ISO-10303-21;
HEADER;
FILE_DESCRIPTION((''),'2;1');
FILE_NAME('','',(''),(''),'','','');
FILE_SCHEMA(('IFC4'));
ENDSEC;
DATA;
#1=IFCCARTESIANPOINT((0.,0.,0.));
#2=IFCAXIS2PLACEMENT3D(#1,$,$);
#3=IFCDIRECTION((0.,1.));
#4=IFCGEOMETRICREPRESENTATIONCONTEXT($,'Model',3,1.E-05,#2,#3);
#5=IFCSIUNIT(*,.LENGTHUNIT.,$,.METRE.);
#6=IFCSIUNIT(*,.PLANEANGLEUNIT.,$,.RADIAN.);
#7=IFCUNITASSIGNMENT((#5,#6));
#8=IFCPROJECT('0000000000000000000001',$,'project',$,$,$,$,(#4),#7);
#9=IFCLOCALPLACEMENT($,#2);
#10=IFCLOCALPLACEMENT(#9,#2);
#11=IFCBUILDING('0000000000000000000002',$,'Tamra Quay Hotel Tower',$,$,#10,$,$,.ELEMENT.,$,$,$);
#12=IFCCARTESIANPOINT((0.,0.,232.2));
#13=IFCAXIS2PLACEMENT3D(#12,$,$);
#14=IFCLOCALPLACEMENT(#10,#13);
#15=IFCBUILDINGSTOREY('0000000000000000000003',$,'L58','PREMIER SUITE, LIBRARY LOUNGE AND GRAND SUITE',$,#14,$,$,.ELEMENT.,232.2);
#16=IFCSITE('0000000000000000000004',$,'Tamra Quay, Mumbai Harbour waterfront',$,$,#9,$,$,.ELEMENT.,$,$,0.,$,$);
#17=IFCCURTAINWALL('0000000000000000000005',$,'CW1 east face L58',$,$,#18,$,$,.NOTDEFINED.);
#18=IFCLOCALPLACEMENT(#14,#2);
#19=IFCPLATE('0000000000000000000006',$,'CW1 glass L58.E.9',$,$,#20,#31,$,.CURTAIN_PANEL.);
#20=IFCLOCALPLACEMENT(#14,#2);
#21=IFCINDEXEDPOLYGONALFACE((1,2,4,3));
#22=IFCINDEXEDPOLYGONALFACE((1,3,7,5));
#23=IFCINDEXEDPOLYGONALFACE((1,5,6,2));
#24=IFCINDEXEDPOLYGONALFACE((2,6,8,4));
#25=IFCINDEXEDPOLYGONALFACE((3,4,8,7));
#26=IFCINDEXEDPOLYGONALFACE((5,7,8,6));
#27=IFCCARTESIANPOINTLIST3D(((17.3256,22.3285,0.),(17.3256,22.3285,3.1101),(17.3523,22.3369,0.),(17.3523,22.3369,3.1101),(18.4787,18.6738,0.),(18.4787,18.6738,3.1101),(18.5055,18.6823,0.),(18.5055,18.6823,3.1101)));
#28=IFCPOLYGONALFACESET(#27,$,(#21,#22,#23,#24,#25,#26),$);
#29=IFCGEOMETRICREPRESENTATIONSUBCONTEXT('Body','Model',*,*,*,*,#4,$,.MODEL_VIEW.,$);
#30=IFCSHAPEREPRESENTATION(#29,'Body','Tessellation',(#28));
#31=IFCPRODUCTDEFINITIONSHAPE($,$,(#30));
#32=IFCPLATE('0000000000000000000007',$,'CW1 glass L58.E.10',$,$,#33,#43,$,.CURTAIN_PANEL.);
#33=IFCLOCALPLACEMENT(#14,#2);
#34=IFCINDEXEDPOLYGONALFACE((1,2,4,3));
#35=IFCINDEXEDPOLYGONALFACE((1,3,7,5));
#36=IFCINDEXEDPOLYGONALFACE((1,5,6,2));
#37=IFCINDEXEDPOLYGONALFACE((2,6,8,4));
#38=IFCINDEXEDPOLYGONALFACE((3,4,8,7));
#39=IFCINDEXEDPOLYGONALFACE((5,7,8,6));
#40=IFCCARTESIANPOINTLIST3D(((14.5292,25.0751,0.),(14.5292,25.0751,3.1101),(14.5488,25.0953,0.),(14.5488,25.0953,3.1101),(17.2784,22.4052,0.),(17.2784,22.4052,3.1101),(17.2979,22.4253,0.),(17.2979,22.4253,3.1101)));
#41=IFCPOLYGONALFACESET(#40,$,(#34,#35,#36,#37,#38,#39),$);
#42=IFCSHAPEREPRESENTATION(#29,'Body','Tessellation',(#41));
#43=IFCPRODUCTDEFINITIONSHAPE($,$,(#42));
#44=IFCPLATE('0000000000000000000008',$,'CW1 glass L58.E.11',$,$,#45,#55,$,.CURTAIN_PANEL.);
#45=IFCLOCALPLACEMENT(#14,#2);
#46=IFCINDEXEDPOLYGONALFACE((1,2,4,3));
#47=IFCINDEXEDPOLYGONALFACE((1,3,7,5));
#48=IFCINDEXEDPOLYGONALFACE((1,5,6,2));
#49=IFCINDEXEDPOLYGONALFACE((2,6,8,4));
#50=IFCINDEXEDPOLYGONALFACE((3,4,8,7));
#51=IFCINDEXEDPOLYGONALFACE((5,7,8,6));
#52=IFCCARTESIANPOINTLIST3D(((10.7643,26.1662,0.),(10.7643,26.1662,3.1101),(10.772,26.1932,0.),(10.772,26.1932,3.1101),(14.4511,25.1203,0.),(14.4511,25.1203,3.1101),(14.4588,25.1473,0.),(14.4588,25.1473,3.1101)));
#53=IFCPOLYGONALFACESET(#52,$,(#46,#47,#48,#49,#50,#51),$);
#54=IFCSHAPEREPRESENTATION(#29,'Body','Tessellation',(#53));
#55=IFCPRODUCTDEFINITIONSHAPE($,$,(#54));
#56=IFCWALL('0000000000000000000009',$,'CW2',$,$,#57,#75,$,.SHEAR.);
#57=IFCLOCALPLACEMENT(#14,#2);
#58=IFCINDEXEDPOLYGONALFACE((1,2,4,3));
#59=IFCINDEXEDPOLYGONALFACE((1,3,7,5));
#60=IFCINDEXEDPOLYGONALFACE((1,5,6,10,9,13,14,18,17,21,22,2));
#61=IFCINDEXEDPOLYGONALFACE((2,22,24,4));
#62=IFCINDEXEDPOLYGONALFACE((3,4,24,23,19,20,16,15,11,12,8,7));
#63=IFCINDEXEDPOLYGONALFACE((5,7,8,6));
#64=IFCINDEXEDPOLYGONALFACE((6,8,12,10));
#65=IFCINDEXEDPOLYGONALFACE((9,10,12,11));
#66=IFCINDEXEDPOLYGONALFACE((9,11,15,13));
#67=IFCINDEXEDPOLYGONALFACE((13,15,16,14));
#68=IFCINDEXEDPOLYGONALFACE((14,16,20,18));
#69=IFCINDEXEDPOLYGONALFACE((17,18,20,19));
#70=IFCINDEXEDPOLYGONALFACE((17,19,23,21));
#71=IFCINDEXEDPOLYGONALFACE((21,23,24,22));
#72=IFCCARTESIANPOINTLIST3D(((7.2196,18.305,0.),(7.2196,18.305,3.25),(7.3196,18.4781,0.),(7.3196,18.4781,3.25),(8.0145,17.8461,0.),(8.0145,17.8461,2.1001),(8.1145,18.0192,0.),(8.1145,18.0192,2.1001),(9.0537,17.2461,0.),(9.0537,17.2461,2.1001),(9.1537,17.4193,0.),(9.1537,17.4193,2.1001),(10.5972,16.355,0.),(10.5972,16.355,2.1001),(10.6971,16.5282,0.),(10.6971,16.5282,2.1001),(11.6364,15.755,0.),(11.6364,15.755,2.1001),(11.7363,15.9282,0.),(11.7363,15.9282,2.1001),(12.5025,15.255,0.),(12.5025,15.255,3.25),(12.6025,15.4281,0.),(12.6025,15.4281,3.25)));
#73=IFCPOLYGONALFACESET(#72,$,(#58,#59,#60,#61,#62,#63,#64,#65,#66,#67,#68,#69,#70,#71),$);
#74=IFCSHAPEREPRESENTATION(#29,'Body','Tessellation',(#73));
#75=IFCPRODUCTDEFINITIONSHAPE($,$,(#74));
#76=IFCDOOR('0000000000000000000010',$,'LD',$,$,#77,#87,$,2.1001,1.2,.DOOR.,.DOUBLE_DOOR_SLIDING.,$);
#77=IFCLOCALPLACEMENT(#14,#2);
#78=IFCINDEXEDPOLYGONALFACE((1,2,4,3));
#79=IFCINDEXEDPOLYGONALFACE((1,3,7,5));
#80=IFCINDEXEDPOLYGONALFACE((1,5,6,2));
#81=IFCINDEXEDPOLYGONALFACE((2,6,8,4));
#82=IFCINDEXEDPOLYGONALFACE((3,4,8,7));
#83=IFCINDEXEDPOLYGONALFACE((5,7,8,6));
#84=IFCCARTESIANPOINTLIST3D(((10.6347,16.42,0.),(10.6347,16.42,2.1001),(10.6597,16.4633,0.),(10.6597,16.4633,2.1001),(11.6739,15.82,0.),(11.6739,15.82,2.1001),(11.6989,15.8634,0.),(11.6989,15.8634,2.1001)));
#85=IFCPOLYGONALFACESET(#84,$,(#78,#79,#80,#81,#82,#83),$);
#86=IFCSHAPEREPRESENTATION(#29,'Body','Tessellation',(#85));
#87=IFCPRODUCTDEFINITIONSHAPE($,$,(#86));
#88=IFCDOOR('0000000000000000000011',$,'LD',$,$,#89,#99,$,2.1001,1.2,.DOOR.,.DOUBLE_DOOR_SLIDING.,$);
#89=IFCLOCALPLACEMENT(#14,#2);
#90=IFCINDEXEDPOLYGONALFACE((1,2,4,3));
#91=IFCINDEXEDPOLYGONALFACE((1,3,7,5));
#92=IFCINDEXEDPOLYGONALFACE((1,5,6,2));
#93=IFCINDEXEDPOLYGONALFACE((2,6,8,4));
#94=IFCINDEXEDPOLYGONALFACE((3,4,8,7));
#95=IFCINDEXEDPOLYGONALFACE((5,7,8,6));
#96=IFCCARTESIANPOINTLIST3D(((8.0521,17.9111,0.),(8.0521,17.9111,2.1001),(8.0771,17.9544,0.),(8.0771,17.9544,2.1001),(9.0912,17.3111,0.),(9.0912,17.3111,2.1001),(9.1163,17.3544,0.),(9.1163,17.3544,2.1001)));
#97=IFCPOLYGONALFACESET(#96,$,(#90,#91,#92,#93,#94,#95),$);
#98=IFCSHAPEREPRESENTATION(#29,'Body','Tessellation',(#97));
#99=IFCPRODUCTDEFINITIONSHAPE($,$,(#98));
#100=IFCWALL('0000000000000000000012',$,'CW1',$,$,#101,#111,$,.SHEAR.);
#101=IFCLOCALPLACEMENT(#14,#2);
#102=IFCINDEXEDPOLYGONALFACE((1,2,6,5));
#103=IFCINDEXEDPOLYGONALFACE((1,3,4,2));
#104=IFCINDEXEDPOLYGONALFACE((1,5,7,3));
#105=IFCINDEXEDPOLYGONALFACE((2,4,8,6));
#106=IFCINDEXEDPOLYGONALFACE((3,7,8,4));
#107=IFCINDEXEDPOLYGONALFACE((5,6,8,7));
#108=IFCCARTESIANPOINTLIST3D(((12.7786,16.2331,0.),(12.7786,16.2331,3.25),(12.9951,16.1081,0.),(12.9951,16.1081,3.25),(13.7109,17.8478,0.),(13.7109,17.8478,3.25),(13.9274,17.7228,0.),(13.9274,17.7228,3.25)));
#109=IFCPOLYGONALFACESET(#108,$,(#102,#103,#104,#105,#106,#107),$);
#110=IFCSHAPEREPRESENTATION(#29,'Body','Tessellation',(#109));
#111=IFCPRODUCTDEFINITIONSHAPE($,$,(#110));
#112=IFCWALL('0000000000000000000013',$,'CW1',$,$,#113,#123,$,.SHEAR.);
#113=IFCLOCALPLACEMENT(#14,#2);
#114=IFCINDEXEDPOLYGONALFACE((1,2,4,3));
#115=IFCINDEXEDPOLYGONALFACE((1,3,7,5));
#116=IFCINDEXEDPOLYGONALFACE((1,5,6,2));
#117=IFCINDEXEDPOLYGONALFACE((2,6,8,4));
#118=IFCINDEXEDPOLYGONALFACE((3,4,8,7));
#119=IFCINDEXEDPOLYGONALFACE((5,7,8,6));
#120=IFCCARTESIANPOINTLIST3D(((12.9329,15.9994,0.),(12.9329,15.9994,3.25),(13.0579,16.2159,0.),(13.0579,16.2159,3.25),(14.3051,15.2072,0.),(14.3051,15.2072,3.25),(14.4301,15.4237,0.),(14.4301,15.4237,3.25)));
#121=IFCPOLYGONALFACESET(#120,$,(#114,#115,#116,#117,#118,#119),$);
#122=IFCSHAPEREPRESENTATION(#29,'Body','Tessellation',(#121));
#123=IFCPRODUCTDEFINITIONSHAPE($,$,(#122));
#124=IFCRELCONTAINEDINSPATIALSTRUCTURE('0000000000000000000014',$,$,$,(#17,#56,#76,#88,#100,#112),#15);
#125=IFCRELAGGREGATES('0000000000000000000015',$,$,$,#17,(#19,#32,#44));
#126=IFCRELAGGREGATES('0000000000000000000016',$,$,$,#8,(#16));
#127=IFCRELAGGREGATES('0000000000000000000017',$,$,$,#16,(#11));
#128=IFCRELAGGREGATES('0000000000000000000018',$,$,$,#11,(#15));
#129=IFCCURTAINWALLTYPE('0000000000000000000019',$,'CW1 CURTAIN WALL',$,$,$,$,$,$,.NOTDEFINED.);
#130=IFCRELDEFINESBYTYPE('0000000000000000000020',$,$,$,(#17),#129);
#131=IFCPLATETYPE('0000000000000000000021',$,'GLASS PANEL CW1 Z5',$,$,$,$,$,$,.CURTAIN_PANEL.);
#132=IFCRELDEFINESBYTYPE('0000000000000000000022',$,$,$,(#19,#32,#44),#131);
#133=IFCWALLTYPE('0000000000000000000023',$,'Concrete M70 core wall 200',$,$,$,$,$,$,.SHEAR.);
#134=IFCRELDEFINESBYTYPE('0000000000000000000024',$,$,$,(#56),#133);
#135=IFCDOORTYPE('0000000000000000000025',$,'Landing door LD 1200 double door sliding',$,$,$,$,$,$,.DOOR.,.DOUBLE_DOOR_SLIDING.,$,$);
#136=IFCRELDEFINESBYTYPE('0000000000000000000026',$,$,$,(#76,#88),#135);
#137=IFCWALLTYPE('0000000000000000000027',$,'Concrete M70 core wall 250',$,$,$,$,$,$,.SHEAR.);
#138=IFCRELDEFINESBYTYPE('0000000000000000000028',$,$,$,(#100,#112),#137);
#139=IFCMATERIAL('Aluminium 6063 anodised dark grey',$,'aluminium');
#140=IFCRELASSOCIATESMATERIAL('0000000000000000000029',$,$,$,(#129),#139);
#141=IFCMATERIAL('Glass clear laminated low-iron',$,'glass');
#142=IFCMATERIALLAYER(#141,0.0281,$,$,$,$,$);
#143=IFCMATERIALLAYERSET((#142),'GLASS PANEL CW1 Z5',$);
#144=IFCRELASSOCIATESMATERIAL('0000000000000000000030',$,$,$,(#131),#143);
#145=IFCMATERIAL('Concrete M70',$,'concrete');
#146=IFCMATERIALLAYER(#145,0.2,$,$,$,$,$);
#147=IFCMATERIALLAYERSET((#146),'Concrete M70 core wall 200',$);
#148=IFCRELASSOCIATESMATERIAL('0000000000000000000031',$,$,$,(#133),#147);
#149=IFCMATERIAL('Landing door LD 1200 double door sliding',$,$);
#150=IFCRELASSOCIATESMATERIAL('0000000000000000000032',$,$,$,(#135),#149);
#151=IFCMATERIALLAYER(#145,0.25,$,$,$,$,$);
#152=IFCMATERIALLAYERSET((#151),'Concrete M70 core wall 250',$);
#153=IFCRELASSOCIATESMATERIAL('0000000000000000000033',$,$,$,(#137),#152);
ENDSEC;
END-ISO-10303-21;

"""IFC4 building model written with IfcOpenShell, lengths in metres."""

from ifc_helpers import new_model, si_unit, direction, frame, frame_2d, origin, origin_2d, place, context, subcontext, project, spatial, rectangle, extrude, material, layer, layer_set, type_object, element, fill, aggregate, save


model = new_model("IFC4")

# Units and contexts
model_context = context("Model", 3, precision=1e-05, world=origin(), true_north=direction((0.0, 1.0)))
body_context = subcontext(model_context, "Body", "Model", "MODEL_VIEW")
ifc_project = project(units=[si_unit("LENGTHUNIT", "METRE"), si_unit("PLANEANGLEUNIT", "RADIAN")], contexts=[model_context])

# Site, building, storey
site_placement = place(None, origin())
site = spatial("IfcSite", under=ifc_project, at=site_placement, Name="Tamra Quay, Mumbai Harbour waterfront", CompositionType="ELEMENT", RefElevation=0.0)
building_placement = place(site_placement, origin())
building = spatial("IfcBuilding", under=site, at=building_placement, Name="Tamra Quay Hotel Tower", CompositionType="ELEMENT")
storey_placement = place(building_placement, frame((0.0, 0.0, 232.2)))
storey = spatial("IfcBuildingStorey", under=building, at=storey_placement, Name="L58", Description="PREMIER SUITE, LIBRARY LOUNGE AND GRAND SUITE", CompositionType="ELEMENT", Elevation=232.2)

# Shared definitions
ifc_material_1 = material(Name="Concrete M70", Category="concrete")

# Curtain wall
ifc_material_2 = material(Name="Aluminium 6063 anodised dark grey", Category="aluminium")
curtain_wall_type = type_object("IfcCurtainWallType", Name="CW1 CURTAIN WALL", PredefinedType="NOTDEFINED", material=ifc_material_2)
curtain_wall_placement = place(storey_placement, origin())
curtain_wall = element("IfcCurtainWall", 1, at=curtain_wall_placement, inside=storey, type_object=curtain_wall_type, Name="CW1 east face L58", PredefinedType="NOTDEFINED")

# Plates
ifc_material_3 = material(Name="Glass clear laminated low-iron", Category="glass")
ifc_layer_1 = layer(ifc_material_3, 0.0281)
ifc_layer_set_1 = layer_set([ifc_layer_1], Name="GLASS PANEL CW1 Z5")
plate_type = type_object("IfcPlateType", Name="GLASS PANEL CW1 Z5", PredefinedType="CURTAIN_PANEL", material=ifc_layer_set_1)
plate_1_placement = place(storey_placement, frame((17.9155, 20.5054, 0.0), z_axis=(0.0, 0.0, 1.0), x_axis=(-0.300903, 0.953655, 0.0)))
plate_1 = element("IfcPlate", 2, at=plate_1_placement, type_object=plate_type, Name="CW1 glass L58.E.9", PredefinedType="CURTAIN_PANEL", context=body_context, shape_type="SweptSolid", body=[
    extrude(rectangle(XDim=3.8323, YDim=0.0281, at=origin_2d()), origin(), (0.0, 0.0, 1.0), 3.1101),
])
plate_2_placement = place(storey_placement, frame((15.9136, 23.7502, 0.0), z_axis=(0.0, 0.0, 1.0), x_axis=(-0.717364, 0.696698, 0.0)))
plate_2 = element("IfcPlate", 3, at=plate_2_placement, type_object=plate_type, Name="CW1 glass L58.E.10", PredefinedType="CURTAIN_PANEL", context=body_context, shape_type="SweptSolid", body=[
    extrude(rectangle(XDim=3.8323, YDim=0.0281, at=origin_2d()), origin(), (0.0, 0.0, 1.0), 3.1101),
])
plate_3_placement = place(storey_placement, frame((12.6116, 25.6567, 0.0), z_axis=(0.0, 0.0, 1.0), x_axis=(-0.962041, 0.272906, 0.0)))
plate_3 = element("IfcPlate", 4, at=plate_3_placement, type_object=plate_type, Name="CW1 glass L58.E.11", PredefinedType="CURTAIN_PANEL", context=body_context, shape_type="SweptSolid", body=[
    extrude(rectangle(XDim=3.8323, YDim=0.0281, at=origin_2d()), origin(), (0.0, 0.0, 1.0), 3.1101),
])
aggregate(curtain_wall, [plate_1, plate_2, plate_3])

# Wall, openings, doors
ifc_layer_2 = layer(ifc_material_1, 0.2)
ifc_layer_set_2 = layer_set([ifc_layer_2], Name="Concrete M70 core wall 200")
wall_type_1 = type_object("IfcWallType", Name="Concrete M70 core wall 200", PredefinedType="SHEAR", material=ifc_layer_set_2)
wall_1_placement = place(storey_placement, frame((12.5525, 15.3416, 0.0), z_axis=(0.0, 0.0, 1.0), x_axis=(-0.86603, 0.499992, 0.0)))
wall_1 = element("IfcWall", 5, at=wall_1_placement, inside=storey, type_object=wall_type_1, Name="CW2", PredefinedType="SHEAR", context=body_context, shape_type="SweptSolid", body=[
    extrude(rectangle(XDim=6.1001, YDim=0.2, at=frame_2d((3.05, 0.0))), origin(), (0.0, 0.0, 1.0), 3.25),
])
opening_1_placement = place(wall_1_placement, frame((1.0, 0.0, 0.0)))
opening_1 = element("IfcOpeningElement", 6, at=opening_1_placement, cuts=wall_1, PredefinedType="OPENING", context=body_context, shape_type="SweptSolid", body=[
    extrude(rectangle(XDim=1.2, YDim=2.1001, at=frame_2d((0.6001, 1.05))), frame((0.0, 0.1099, 0.0), z_axis=(0.0, -1.0, 0.0), x_axis=(1.0, 0.0, 0.0)), (0.0, 0.0, 1.0), 0.22),
])
opening_2_placement = place(wall_1_placement, frame((3.9822, 0.0, 0.0)))
opening_2 = element("IfcOpeningElement", 7, at=opening_2_placement, cuts=wall_1, PredefinedType="OPENING", context=body_context, shape_type="SweptSolid", body=[
    extrude(rectangle(XDim=1.2, YDim=2.1001, at=frame_2d((0.6001, 1.05))), frame((0.0, 0.1099, 0.0), z_axis=(0.0, -1.0, 0.0), x_axis=(1.0, 0.0, 0.0)), (0.0, 0.0, 1.0), 0.22),
])
ifc_material_4 = material(Name="Landing door LD 1200 double door sliding")
door_type = type_object("IfcDoorType", Name="Landing door LD 1200 double door sliding", OperationType="DOUBLE_DOOR_SLIDING", PredefinedType="DOOR", material=ifc_material_4)
door_1_placement = place(opening_1_placement, origin())
door_1 = element("IfcDoor", 8, at=door_1_placement, inside=storey, type_object=door_type, Name="LD", OperationType="DOUBLE_DOOR_SLIDING", OverallHeight=2.1001, OverallWidth=1.2, PredefinedType="DOOR", context=body_context, shape_type="SweptSolid", body=[
    extrude(rectangle(XDim=1.2, YDim=2.1001, at=frame_2d((0.6001, 1.05))), frame((0.0, 0.0249, 0.0), z_axis=(0.0, -1.0, 0.0), x_axis=(1.0, 0.0, 0.0)), (0.0, 0.0, 1.0), 0.05),
])
fill(opening_1, door_1)
door_2_placement = place(opening_2_placement, origin())
door_2 = element("IfcDoor", 9, at=door_2_placement, inside=storey, type_object=door_type, Name="LD", OperationType="DOUBLE_DOOR_SLIDING", OverallHeight=2.1001, OverallWidth=1.2, PredefinedType="DOOR", context=body_context, shape_type="SweptSolid", body=[
    extrude(rectangle(XDim=1.2, YDim=2.1001, at=frame_2d((0.6001, 1.05))), frame((0.0, 0.0249, 0.0), z_axis=(0.0, -1.0, 0.0), x_axis=(1.0, 0.0, 0.0)), (0.0, 0.0, 1.0), 0.05),
])
fill(opening_2, door_2)

# Walls
ifc_layer_3 = layer(ifc_material_1, 0.25)
ifc_layer_set_3 = layer_set([ifc_layer_3], Name="Concrete M70 core wall 250")
wall_type_2 = type_object("IfcWallType", Name="Concrete M70 core wall 250", PredefinedType="SHEAR", material=ifc_layer_set_3)
wall_2_placement = place(storey_placement, frame((13.8191, 17.7852, 0.0), z_axis=(0.0, 0.0, 1.0), x_axis=(-0.50004, -0.866002, 0.0)))
element("IfcWall", 10, at=wall_2_placement, inside=storey, type_object=wall_type_2, Name="CW1", PredefinedType="SHEAR", context=body_context, shape_type="SweptSolid", body=[
    extrude(rectangle(XDim=1.8645, YDim=0.25, at=frame_2d((0.9321, 0.0))), origin(), (0.0, 0.0, 1.0), 3.25),
])
wall_3_placement = place(storey_placement, frame((12.9954, 16.1077, 0.0), z_axis=(0.0, 0.0, 1.0), x_axis=(0.866044, -0.499967, 0.0)))
element("IfcWall", 11, at=wall_3_placement, inside=storey, type_object=wall_type_2, Name="CW1", PredefinedType="SHEAR", context=body_context, shape_type="SweptSolid", body=[
    extrude(rectangle(XDim=1.5845, YDim=0.25, at=frame_2d((0.7922, 0.0))), origin(), (0.0, 0.0, 1.0), 3.25),
])

save(model, "model.ifc")
